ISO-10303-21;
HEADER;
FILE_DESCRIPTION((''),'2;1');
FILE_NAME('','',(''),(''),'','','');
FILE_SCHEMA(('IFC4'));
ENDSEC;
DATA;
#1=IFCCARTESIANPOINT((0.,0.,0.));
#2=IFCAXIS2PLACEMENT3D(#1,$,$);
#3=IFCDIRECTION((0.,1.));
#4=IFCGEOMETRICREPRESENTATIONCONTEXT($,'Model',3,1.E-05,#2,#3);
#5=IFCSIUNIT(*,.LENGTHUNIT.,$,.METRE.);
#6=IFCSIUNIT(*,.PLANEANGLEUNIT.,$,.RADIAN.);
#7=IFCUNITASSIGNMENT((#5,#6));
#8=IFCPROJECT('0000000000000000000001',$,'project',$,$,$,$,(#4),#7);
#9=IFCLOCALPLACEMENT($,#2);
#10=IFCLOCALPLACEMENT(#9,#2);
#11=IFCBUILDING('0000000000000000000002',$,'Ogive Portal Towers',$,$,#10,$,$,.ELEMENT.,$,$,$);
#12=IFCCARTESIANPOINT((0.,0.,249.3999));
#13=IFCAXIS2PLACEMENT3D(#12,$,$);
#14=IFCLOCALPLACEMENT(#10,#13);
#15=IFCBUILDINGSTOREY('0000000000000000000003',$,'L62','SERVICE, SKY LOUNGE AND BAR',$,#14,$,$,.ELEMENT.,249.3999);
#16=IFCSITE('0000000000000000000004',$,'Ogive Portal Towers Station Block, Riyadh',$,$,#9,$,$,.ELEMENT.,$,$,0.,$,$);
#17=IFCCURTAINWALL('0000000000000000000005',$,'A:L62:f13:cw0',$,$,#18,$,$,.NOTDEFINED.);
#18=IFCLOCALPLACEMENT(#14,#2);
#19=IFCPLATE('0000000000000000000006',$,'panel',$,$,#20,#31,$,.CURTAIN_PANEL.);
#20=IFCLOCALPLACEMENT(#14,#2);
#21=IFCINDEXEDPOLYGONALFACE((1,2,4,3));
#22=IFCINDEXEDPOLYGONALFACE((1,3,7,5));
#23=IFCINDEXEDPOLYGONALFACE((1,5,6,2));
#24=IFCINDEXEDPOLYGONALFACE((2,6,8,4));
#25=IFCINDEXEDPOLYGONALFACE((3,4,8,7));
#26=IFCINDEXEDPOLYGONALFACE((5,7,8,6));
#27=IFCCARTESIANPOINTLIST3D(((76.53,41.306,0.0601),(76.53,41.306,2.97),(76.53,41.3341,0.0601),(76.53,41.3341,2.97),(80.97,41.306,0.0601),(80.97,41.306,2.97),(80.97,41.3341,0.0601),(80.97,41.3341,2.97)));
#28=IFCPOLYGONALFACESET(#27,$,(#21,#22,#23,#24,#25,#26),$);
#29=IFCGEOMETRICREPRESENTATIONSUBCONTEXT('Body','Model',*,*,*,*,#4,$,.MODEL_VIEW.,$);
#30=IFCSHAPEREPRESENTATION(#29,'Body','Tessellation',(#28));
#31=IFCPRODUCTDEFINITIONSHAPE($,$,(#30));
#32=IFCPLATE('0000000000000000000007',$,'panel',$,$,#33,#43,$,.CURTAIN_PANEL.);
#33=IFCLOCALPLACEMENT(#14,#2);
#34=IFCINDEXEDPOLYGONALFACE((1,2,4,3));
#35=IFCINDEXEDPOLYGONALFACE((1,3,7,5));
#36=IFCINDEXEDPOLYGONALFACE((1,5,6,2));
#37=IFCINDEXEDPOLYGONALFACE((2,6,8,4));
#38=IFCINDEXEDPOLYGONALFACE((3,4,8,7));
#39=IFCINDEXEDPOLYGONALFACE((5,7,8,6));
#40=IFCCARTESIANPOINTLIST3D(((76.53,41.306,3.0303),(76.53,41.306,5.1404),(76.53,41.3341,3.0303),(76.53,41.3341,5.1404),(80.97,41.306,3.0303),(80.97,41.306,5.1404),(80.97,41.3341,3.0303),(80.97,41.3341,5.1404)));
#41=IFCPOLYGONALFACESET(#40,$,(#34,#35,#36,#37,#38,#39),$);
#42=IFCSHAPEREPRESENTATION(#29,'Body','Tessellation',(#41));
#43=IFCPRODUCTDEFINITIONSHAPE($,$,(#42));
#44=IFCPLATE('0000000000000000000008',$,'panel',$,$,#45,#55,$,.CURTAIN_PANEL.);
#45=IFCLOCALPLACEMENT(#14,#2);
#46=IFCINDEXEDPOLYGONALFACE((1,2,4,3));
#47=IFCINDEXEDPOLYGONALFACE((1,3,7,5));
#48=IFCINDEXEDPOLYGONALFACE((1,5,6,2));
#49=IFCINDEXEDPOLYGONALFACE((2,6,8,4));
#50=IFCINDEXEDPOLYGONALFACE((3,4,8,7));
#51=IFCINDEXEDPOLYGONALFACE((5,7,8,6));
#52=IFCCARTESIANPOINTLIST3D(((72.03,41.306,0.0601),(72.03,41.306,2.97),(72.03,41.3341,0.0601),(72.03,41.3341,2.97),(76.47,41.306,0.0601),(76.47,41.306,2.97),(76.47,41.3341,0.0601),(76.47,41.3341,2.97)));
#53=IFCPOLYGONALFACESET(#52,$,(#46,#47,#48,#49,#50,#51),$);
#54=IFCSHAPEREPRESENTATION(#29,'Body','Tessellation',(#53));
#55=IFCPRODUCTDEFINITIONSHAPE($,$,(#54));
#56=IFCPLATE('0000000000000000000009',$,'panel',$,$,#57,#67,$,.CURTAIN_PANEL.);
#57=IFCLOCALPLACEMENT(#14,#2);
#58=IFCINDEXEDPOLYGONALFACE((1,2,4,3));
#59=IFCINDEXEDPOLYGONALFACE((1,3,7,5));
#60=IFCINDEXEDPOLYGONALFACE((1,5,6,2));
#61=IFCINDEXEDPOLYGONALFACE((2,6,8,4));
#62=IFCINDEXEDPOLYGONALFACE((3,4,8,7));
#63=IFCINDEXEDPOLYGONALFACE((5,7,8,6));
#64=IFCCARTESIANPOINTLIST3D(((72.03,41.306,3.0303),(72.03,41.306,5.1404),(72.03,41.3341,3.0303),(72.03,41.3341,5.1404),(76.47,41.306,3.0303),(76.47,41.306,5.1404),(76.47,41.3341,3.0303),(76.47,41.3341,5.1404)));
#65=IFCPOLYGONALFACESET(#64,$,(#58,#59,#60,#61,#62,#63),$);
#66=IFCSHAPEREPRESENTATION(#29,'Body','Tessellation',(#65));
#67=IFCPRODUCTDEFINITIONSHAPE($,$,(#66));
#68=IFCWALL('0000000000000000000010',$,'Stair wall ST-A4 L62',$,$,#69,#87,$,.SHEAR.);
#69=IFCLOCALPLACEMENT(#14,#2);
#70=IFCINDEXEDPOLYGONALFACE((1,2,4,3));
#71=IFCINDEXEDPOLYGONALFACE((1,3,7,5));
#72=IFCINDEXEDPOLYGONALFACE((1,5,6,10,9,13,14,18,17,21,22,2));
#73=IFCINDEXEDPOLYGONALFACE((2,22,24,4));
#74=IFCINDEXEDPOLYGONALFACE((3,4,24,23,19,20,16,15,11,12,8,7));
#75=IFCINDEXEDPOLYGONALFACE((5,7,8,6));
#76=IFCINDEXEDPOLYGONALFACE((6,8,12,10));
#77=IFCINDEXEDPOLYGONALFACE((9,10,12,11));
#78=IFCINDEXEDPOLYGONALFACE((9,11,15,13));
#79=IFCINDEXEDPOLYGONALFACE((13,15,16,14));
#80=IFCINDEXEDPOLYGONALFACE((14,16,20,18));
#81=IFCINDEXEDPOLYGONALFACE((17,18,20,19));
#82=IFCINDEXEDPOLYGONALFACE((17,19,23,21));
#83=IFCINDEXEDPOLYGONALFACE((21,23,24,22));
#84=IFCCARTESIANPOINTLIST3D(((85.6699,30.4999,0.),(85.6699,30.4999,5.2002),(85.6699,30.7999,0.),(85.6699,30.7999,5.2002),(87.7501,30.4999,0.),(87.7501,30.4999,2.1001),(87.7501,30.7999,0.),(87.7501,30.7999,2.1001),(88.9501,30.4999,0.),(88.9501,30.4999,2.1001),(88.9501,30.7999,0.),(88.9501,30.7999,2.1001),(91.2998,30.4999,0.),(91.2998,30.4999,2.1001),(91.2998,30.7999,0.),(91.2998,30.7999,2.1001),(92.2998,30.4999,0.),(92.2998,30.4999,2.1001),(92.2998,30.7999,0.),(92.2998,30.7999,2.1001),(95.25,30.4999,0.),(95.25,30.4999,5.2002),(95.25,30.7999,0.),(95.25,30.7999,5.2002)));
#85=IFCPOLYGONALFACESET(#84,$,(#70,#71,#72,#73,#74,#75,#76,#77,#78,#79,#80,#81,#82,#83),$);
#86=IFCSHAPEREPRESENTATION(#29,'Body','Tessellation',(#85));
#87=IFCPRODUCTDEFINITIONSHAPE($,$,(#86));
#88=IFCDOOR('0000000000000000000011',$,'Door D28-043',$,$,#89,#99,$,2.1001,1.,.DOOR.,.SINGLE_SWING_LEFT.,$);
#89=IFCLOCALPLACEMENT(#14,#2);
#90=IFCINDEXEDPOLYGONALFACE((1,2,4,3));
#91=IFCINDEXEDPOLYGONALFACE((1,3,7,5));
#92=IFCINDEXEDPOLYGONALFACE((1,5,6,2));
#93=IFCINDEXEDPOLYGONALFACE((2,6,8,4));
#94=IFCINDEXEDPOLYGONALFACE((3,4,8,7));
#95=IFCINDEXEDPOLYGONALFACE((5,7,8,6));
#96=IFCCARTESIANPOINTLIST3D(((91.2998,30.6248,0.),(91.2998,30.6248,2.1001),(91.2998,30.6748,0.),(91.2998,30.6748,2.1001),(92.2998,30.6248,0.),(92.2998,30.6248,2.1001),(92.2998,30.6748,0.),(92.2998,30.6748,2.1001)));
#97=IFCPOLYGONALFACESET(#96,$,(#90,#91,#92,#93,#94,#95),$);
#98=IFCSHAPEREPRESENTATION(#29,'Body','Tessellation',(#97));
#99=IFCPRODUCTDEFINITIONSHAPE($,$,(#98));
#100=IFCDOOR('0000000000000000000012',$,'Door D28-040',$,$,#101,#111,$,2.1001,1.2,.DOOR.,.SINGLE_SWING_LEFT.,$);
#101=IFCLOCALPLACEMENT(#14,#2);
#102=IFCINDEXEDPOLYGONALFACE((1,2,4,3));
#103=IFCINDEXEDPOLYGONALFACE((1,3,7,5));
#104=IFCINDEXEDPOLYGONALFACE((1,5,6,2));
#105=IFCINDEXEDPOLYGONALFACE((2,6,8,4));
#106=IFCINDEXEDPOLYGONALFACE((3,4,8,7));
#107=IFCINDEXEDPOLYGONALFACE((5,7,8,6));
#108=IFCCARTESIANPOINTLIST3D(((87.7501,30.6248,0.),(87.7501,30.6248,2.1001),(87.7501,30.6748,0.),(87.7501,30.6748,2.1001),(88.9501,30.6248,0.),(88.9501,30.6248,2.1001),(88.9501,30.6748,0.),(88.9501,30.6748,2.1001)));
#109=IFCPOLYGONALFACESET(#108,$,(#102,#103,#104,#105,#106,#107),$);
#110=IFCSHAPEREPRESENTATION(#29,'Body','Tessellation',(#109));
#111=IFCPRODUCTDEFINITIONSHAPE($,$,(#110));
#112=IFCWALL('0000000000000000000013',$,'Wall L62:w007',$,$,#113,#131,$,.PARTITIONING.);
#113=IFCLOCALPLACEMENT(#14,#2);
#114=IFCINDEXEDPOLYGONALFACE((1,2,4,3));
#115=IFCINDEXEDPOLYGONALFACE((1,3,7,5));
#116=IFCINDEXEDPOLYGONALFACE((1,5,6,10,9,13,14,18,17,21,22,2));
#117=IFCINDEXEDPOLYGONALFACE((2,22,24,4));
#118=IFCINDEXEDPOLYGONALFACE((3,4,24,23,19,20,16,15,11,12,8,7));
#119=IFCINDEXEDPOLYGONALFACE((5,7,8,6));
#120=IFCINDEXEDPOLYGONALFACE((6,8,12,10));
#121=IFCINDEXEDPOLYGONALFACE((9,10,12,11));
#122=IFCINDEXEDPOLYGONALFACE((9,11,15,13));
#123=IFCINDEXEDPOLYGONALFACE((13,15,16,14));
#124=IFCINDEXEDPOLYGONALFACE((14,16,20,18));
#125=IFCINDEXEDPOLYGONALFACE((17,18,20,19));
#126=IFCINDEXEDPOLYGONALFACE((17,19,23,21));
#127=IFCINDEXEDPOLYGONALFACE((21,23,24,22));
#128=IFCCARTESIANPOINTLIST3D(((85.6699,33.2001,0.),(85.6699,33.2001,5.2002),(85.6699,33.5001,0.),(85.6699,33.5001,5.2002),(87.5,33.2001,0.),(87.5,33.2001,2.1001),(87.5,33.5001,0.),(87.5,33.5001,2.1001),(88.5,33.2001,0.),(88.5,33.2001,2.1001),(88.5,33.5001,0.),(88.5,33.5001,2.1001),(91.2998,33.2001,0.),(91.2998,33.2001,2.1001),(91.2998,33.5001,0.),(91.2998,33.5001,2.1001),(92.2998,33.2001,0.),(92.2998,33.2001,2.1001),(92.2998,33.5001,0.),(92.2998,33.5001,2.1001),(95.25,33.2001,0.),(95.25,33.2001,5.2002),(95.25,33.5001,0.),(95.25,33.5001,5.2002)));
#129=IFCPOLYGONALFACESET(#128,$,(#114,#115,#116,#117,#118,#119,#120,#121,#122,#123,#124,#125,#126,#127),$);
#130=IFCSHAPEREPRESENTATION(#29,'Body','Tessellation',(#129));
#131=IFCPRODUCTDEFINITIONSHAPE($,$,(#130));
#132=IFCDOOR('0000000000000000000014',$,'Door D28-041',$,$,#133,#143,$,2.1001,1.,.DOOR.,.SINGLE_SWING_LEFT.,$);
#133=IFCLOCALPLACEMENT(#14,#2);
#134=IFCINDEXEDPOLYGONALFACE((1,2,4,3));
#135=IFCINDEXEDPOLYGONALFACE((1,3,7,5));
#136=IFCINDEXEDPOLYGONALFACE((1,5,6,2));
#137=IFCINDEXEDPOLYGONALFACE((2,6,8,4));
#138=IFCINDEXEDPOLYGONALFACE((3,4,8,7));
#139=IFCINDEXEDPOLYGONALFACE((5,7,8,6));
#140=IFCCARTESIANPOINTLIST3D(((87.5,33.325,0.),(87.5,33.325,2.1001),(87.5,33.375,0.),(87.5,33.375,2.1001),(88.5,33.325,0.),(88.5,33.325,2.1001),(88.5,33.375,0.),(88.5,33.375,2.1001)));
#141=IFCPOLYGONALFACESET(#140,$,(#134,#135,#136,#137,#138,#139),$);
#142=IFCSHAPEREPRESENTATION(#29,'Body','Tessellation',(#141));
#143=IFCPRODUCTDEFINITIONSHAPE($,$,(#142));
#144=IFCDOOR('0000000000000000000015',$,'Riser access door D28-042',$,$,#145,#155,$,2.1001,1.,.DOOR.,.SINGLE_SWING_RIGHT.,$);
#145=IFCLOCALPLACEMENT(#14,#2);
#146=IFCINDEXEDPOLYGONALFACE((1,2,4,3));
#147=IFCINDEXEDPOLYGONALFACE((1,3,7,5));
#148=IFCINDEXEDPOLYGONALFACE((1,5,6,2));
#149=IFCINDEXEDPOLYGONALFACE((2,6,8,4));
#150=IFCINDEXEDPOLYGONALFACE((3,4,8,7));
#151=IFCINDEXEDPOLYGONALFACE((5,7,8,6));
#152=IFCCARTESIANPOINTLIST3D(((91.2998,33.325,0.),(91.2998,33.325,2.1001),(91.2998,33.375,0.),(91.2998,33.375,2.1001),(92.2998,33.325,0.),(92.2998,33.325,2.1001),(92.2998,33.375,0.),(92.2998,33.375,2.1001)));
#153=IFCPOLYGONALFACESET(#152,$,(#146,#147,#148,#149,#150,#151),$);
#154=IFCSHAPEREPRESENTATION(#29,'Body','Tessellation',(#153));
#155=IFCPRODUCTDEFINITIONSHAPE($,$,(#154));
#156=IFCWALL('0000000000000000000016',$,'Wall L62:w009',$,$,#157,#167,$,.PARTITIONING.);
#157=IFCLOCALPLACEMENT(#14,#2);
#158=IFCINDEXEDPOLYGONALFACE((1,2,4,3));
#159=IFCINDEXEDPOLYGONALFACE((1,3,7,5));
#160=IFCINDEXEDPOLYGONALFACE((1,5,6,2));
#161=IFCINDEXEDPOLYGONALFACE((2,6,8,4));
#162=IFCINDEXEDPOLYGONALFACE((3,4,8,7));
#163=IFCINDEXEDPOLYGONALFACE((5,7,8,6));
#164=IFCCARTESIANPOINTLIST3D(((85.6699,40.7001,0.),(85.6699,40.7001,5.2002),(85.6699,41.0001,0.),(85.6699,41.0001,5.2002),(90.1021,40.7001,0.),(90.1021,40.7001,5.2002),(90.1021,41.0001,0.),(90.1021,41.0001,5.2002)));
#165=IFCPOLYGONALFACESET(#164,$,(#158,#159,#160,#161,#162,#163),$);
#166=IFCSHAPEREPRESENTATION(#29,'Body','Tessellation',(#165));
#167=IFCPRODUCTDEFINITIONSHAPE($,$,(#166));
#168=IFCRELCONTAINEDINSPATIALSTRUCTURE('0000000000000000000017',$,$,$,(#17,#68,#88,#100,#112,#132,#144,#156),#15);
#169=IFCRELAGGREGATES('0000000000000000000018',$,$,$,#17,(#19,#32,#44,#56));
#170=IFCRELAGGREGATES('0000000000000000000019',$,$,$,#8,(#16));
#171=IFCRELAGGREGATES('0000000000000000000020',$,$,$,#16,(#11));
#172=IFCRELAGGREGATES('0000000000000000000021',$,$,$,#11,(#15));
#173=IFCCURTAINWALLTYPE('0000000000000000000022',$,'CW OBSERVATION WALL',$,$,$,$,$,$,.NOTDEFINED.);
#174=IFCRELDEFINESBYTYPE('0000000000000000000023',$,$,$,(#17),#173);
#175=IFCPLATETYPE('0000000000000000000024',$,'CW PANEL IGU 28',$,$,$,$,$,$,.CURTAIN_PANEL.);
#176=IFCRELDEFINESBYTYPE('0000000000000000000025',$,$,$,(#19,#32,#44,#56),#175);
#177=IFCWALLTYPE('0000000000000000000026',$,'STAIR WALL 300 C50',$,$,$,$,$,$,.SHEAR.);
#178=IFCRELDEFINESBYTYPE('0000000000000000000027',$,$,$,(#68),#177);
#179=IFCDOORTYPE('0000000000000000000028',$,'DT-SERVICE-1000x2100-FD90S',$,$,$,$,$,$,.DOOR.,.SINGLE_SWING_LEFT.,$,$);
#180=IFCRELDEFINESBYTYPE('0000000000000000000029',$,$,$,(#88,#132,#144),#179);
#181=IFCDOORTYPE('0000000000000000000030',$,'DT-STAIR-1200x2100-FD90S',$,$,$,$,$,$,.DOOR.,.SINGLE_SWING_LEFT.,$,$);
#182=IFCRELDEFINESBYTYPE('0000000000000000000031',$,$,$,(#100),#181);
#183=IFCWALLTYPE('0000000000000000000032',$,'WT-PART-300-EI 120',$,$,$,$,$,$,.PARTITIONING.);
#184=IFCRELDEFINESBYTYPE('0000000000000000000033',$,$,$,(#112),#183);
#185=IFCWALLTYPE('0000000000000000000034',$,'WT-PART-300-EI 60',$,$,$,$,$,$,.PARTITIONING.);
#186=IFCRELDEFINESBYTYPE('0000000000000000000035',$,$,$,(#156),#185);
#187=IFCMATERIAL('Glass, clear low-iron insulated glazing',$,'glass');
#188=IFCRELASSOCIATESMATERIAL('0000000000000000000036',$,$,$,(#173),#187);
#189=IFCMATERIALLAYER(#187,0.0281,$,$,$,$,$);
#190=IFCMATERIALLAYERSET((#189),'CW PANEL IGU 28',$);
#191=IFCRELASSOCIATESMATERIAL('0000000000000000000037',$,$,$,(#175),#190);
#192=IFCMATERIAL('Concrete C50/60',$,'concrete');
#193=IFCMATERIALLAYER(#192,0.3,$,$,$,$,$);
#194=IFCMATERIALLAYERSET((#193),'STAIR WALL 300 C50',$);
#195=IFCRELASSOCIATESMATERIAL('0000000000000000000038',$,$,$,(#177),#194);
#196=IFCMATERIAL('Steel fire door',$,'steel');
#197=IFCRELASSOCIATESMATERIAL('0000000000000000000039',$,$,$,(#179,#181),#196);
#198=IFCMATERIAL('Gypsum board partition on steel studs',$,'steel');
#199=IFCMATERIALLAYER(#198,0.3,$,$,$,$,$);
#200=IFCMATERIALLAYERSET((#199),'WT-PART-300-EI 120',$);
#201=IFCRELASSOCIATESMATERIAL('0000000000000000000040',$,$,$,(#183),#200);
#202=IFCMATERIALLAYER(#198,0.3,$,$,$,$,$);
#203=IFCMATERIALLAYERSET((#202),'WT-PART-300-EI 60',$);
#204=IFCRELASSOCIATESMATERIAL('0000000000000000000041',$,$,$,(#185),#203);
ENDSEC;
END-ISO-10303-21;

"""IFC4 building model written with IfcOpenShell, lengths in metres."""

from ifc_helpers import new_model, si_unit, direction, frame, frame_2d, origin, origin_2d, place, context, subcontext, project, spatial, rectangle, extrude, material, layer, layer_set, type_object, element, fill, aggregate, save


model = new_model("IFC4")

# Units and contexts
model_context = context("Model", 3, precision=1e-05, world=origin(), true_north=direction((0.0, 1.0)))
body_context = subcontext(model_context, "Body", "Model", "MODEL_VIEW")
ifc_project = project(units=[si_unit("LENGTHUNIT", "METRE"), si_unit("PLANEANGLEUNIT", "RADIAN")], contexts=[model_context])

# Site, building, storey
site_placement = place(None, origin())
site = spatial("IfcSite", under=ifc_project, at=site_placement, Name="Ogive Portal Towers Station Block, Riyadh", CompositionType="ELEMENT", RefElevation=0.0)
building_placement = place(site_placement, origin())
building = spatial("IfcBuilding", under=site, at=building_placement, Name="Ogive Portal Towers", CompositionType="ELEMENT")
storey_placement = place(building_placement, frame((0.0, 0.0, 249.3999)))
storey = spatial("IfcBuildingStorey", under=building, at=storey_placement, Name="L62", Description="SERVICE, SKY LOUNGE AND BAR", CompositionType="ELEMENT", Elevation=249.3999)

# Curtain wall, plates
ifc_material_1 = material(Name="Glass, clear low-iron insulated glazing", Category="glass")
curtain_wall_type = type_object("IfcCurtainWallType", Name="CW OBSERVATION WALL", PredefinedType="NOTDEFINED", material=ifc_material_1)
curtain_wall_placement = place(storey_placement, origin())
curtain_wall = element("IfcCurtainWall", 1, at=curtain_wall_placement, inside=storey, type_object=curtain_wall_type, Name="A:L62:f13:cw0", PredefinedType="NOTDEFINED")
ifc_layer_1 = layer(ifc_material_1, 0.0281)
ifc_layer_set_1 = layer_set([ifc_layer_1], Name="CW PANEL IGU 28")
plate_type = type_object("IfcPlateType", Name="CW PANEL IGU 28", PredefinedType="CURTAIN_PANEL", material=ifc_layer_set_1)
plate_1_placement = place(storey_placement, frame((78.75, 41.3201, 0.0601), z_axis=(0.0, 0.0, 1.0), x_axis=(-1.0, 0.0, 0.0)))
plate_1 = element("IfcPlate", 2, at=plate_1_placement, type_object=plate_type, Name="panel", PredefinedType="CURTAIN_PANEL", context=body_context, shape_type="SweptSolid", body=[
    extrude(rectangle(XDim=4.4399, YDim=0.0281, at=origin_2d()), origin(), (0.0, 0.0, 1.0), 2.9099),
])
plate_2_placement = place(storey_placement, frame((78.75, 41.3201, 3.0303), z_axis=(0.0, 0.0, 1.0), x_axis=(-1.0, 0.0, 0.0)))
plate_2 = element("IfcPlate", 3, at=plate_2_placement, type_object=plate_type, Name="panel", PredefinedType="CURTAIN_PANEL", context=body_context, shape_type="SweptSolid", body=[
    extrude(rectangle(XDim=4.4399, YDim=0.0281, at=origin_2d()), origin(), (0.0, 0.0, 1.0), 2.1101),
])
plate_3_placement = place(storey_placement, frame((74.25, 41.3201, 0.0601), z_axis=(0.0, 0.0, 1.0), x_axis=(-1.0, 0.0, 0.0)))
plate_3 = element("IfcPlate", 4, at=plate_3_placement, type_object=plate_type, Name="panel", PredefinedType="CURTAIN_PANEL", context=body_context, shape_type="SweptSolid", body=[
    extrude(rectangle(XDim=4.4399, YDim=0.0281, at=origin_2d()), origin(), (0.0, 0.0, 1.0), 2.9099),
])
plate_4_placement = place(storey_placement, frame((74.25, 41.3201, 3.0303), z_axis=(0.0, 0.0, 1.0), x_axis=(-1.0, 0.0, 0.0)))
plate_4 = element("IfcPlate", 5, at=plate_4_placement, type_object=plate_type, Name="panel", PredefinedType="CURTAIN_PANEL", context=body_context, shape_type="SweptSolid", body=[
    extrude(rectangle(XDim=4.4399, YDim=0.0281, at=origin_2d()), origin(), (0.0, 0.0, 1.0), 2.1101),
])
aggregate(curtain_wall, [plate_1, plate_2, plate_3, plate_4])

# Walls, openings, doors
ifc_material_2 = material(Name="Concrete C50/60", Category="concrete")
ifc_layer_2 = layer(ifc_material_2, 0.3)
ifc_layer_set_2 = layer_set([ifc_layer_2], Name="STAIR WALL 300 C50")
wall_type_1 = type_object("IfcWallType", Name="STAIR WALL 300 C50", PredefinedType="SHEAR", material=ifc_layer_set_2)
wall_1_placement = place(storey_placement, frame((85.6699, 30.6499, 0.0), z_axis=(0.0, 0.0, 1.0), x_axis=(1.0, 0.0, 0.0)))
wall_1 = element("IfcWall", 6, at=wall_1_placement, inside=storey, type_object=wall_type_1, Name="Stair wall ST-A4 L62", PredefinedType="SHEAR", context=body_context, shape_type="SweptSolid", body=[
    extrude(rectangle(XDim=9.5801, YDim=0.3, at=frame_2d((4.79, 0.0))), origin(), (0.0, 0.0, 1.0), 5.2002),
])
opening_1_placement = place(wall_1_placement, frame((2.0801, 0.0, 0.0)))
opening_1 = element("IfcOpeningElement", 7, at=opening_1_placement, cuts=wall_1, PredefinedType="OPENING", context=body_context, shape_type="SweptSolid", body=[
    extrude(rectangle(XDim=1.2, YDim=2.1001, at=frame_2d((0.6001, 1.05))), frame((0.0, 0.1602, 0.0), z_axis=(0.0, -1.0, 0.0), x_axis=(1.0, 0.0, 0.0)), (0.0, 0.0, 1.0), 0.3201),
])
opening_2_placement = place(wall_1_placement, frame((5.6299, 0.0, 0.0)))
opening_2 = element("IfcOpeningElement", 8, at=opening_2_placement, cuts=wall_1, PredefinedType="OPENING", context=body_context, shape_type="SweptSolid", body=[
    extrude(rectangle(XDim=1.0, YDim=2.1001, at=frame_2d((0.5, 1.05))), frame((0.0, 0.1602, 0.0), z_axis=(0.0, -1.0, 0.0), x_axis=(1.0, 0.0, 0.0)), (0.0, 0.0, 1.0), 0.3201),
])
ifc_material_3 = material(Name="Steel fire door", Category="steel")
door_type_1 = type_object("IfcDoorType", Name="DT-SERVICE-1000x2100-FD90S", OperationType="SINGLE_SWING_LEFT", PredefinedType="DOOR", material=ifc_material_3)
door_1_placement = place(opening_2_placement, origin())
door_1 = element("IfcDoor", 9, at=door_1_placement, inside=storey, type_object=door_type_1, Name="Door D28-043", OperationType="SINGLE_SWING_LEFT", OverallHeight=2.1001, OverallWidth=1.0, PredefinedType="DOOR", context=body_context, shape_type="SweptSolid", body=[
    extrude(rectangle(XDim=1.0, YDim=2.1001, at=frame_2d((0.5, 1.05))), frame((0.0, 0.0249, 0.0), z_axis=(0.0, -1.0, 0.0), x_axis=(1.0, 0.0, 0.0)), (0.0, 0.0, 1.0), 0.05),
])
fill(opening_2, door_1)
door_type_2 = type_object("IfcDoorType", Name="DT-STAIR-1200x2100-FD90S", OperationType="SINGLE_SWING_LEFT", PredefinedType="DOOR", material=ifc_material_3)
door_2_placement = place(opening_1_placement, origin())
door_2 = element("IfcDoor", 10, at=door_2_placement, inside=storey, type_object=door_type_2, Name="Door D28-040", OperationType="SINGLE_SWING_LEFT", OverallHeight=2.1001, OverallWidth=1.2, PredefinedType="DOOR", context=body_context, shape_type="SweptSolid", body=[
    extrude(rectangle(XDim=1.2, YDim=2.1001, at=frame_2d((0.6001, 1.05))), frame((0.0, 0.0249, 0.0), z_axis=(0.0, -1.0, 0.0), x_axis=(1.0, 0.0, 0.0)), (0.0, 0.0, 1.0), 0.05),
])
fill(opening_1, door_2)
ifc_material_4 = material(Name="Gypsum board partition on steel studs", Category="steel")
ifc_layer_3 = layer(ifc_material_4, 0.3)
ifc_layer_set_3 = layer_set([ifc_layer_3], Name="WT-PART-300-EI 120")
wall_type_2 = type_object("IfcWallType", Name="WT-PART-300-EI 120", PredefinedType="PARTITIONING", material=ifc_layer_set_3)
wall_2_placement = place(storey_placement, frame((85.6699, 33.3501, 0.0), z_axis=(0.0, 0.0, 1.0), x_axis=(1.0, 0.0, 0.0)))
wall_2 = element("IfcWall", 11, at=wall_2_placement, inside=storey, type_object=wall_type_2, Name="Wall L62:w007", PredefinedType="PARTITIONING", context=body_context, shape_type="SweptSolid", body=[
    extrude(rectangle(XDim=9.5801, YDim=0.3, at=frame_2d((4.79, 0.0))), origin(), (0.0, 0.0, 1.0), 5.2002),
])
opening_3_placement = place(wall_2_placement, frame((1.8301, 0.0, 0.0)))
opening_3 = element("IfcOpeningElement", 12, at=opening_3_placement, cuts=wall_2, PredefinedType="OPENING", context=body_context, shape_type="SweptSolid", body=[
    extrude(rectangle(XDim=1.0, YDim=2.1001, at=frame_2d((0.5, 1.05))), frame((0.0, 0.1602, 0.0), z_axis=(0.0, -1.0, 0.0), x_axis=(1.0, 0.0, 0.0)), (0.0, 0.0, 1.0), 0.3201),
])
opening_4_placement = place(wall_2_placement, frame((5.6299, 0.0, 0.0)))
opening_4 = element("IfcOpeningElement", 13, at=opening_4_placement, cuts=wall_2, PredefinedType="OPENING", context=body_context, shape_type="SweptSolid", body=[
    extrude(rectangle(XDim=1.0, YDim=2.1001, at=frame_2d((0.5, 1.05))), frame((0.0, 0.1602, 0.0), z_axis=(0.0, -1.0, 0.0), x_axis=(1.0, 0.0, 0.0)), (0.0, 0.0, 1.0), 0.3201),
])
door_3_placement = place(opening_3_placement, origin())
door_3 = element("IfcDoor", 14, at=door_3_placement, inside=storey, type_object=door_type_1, Name="Door D28-041", OperationType="SINGLE_SWING_LEFT", OverallHeight=2.1001, OverallWidth=1.0, PredefinedType="DOOR", context=body_context, shape_type="SweptSolid", body=[
    extrude(rectangle(XDim=1.0, YDim=2.1001, at=frame_2d((0.5, 1.05))), frame((0.0, 0.0249, 0.0), z_axis=(0.0, -1.0, 0.0), x_axis=(1.0, 0.0, 0.0)), (0.0, 0.0, 1.0), 0.05),
])
fill(opening_3, door_3)
door_4_placement = place(opening_4_placement, origin())
door_4 = element("IfcDoor", 15, at=door_4_placement, inside=storey, type_object=door_type_1, Name="Riser access door D28-042", OperationType="SINGLE_SWING_RIGHT", OverallHeight=2.1001, OverallWidth=1.0, PredefinedType="DOOR", context=body_context, shape_type="SweptSolid", body=[
    extrude(rectangle(XDim=1.0, YDim=2.1001, at=frame_2d((0.5, 1.05))), frame((0.0, 0.0249, 0.0), z_axis=(0.0, -1.0, 0.0), x_axis=(1.0, 0.0, 0.0)), (0.0, 0.0, 1.0), 0.05),
])
fill(opening_4, door_4)

# Wall
ifc_layer_4 = layer(ifc_material_4, 0.3)
ifc_layer_set_4 = layer_set([ifc_layer_4], Name="WT-PART-300-EI 60")
wall_type_3 = type_object("IfcWallType", Name="WT-PART-300-EI 60", PredefinedType="PARTITIONING", material=ifc_layer_set_4)
wall_3_placement = place(storey_placement, frame((85.6699, 40.8501, 0.0), z_axis=(0.0, 0.0, 1.0), x_axis=(1.0, 0.0, 0.0)))
element("IfcWall", 16, at=wall_3_placement, inside=storey, type_object=wall_type_3, Name="Wall L62:w009", PredefinedType="PARTITIONING", context=body_context, shape_type="SweptSolid", body=[
    extrude(rectangle(XDim=4.4321, YDim=0.3, at=frame_2d((2.2161, 0.0))), origin(), (0.0, 0.0, 1.0), 5.2002),
])

save(model, "model.ifc")
